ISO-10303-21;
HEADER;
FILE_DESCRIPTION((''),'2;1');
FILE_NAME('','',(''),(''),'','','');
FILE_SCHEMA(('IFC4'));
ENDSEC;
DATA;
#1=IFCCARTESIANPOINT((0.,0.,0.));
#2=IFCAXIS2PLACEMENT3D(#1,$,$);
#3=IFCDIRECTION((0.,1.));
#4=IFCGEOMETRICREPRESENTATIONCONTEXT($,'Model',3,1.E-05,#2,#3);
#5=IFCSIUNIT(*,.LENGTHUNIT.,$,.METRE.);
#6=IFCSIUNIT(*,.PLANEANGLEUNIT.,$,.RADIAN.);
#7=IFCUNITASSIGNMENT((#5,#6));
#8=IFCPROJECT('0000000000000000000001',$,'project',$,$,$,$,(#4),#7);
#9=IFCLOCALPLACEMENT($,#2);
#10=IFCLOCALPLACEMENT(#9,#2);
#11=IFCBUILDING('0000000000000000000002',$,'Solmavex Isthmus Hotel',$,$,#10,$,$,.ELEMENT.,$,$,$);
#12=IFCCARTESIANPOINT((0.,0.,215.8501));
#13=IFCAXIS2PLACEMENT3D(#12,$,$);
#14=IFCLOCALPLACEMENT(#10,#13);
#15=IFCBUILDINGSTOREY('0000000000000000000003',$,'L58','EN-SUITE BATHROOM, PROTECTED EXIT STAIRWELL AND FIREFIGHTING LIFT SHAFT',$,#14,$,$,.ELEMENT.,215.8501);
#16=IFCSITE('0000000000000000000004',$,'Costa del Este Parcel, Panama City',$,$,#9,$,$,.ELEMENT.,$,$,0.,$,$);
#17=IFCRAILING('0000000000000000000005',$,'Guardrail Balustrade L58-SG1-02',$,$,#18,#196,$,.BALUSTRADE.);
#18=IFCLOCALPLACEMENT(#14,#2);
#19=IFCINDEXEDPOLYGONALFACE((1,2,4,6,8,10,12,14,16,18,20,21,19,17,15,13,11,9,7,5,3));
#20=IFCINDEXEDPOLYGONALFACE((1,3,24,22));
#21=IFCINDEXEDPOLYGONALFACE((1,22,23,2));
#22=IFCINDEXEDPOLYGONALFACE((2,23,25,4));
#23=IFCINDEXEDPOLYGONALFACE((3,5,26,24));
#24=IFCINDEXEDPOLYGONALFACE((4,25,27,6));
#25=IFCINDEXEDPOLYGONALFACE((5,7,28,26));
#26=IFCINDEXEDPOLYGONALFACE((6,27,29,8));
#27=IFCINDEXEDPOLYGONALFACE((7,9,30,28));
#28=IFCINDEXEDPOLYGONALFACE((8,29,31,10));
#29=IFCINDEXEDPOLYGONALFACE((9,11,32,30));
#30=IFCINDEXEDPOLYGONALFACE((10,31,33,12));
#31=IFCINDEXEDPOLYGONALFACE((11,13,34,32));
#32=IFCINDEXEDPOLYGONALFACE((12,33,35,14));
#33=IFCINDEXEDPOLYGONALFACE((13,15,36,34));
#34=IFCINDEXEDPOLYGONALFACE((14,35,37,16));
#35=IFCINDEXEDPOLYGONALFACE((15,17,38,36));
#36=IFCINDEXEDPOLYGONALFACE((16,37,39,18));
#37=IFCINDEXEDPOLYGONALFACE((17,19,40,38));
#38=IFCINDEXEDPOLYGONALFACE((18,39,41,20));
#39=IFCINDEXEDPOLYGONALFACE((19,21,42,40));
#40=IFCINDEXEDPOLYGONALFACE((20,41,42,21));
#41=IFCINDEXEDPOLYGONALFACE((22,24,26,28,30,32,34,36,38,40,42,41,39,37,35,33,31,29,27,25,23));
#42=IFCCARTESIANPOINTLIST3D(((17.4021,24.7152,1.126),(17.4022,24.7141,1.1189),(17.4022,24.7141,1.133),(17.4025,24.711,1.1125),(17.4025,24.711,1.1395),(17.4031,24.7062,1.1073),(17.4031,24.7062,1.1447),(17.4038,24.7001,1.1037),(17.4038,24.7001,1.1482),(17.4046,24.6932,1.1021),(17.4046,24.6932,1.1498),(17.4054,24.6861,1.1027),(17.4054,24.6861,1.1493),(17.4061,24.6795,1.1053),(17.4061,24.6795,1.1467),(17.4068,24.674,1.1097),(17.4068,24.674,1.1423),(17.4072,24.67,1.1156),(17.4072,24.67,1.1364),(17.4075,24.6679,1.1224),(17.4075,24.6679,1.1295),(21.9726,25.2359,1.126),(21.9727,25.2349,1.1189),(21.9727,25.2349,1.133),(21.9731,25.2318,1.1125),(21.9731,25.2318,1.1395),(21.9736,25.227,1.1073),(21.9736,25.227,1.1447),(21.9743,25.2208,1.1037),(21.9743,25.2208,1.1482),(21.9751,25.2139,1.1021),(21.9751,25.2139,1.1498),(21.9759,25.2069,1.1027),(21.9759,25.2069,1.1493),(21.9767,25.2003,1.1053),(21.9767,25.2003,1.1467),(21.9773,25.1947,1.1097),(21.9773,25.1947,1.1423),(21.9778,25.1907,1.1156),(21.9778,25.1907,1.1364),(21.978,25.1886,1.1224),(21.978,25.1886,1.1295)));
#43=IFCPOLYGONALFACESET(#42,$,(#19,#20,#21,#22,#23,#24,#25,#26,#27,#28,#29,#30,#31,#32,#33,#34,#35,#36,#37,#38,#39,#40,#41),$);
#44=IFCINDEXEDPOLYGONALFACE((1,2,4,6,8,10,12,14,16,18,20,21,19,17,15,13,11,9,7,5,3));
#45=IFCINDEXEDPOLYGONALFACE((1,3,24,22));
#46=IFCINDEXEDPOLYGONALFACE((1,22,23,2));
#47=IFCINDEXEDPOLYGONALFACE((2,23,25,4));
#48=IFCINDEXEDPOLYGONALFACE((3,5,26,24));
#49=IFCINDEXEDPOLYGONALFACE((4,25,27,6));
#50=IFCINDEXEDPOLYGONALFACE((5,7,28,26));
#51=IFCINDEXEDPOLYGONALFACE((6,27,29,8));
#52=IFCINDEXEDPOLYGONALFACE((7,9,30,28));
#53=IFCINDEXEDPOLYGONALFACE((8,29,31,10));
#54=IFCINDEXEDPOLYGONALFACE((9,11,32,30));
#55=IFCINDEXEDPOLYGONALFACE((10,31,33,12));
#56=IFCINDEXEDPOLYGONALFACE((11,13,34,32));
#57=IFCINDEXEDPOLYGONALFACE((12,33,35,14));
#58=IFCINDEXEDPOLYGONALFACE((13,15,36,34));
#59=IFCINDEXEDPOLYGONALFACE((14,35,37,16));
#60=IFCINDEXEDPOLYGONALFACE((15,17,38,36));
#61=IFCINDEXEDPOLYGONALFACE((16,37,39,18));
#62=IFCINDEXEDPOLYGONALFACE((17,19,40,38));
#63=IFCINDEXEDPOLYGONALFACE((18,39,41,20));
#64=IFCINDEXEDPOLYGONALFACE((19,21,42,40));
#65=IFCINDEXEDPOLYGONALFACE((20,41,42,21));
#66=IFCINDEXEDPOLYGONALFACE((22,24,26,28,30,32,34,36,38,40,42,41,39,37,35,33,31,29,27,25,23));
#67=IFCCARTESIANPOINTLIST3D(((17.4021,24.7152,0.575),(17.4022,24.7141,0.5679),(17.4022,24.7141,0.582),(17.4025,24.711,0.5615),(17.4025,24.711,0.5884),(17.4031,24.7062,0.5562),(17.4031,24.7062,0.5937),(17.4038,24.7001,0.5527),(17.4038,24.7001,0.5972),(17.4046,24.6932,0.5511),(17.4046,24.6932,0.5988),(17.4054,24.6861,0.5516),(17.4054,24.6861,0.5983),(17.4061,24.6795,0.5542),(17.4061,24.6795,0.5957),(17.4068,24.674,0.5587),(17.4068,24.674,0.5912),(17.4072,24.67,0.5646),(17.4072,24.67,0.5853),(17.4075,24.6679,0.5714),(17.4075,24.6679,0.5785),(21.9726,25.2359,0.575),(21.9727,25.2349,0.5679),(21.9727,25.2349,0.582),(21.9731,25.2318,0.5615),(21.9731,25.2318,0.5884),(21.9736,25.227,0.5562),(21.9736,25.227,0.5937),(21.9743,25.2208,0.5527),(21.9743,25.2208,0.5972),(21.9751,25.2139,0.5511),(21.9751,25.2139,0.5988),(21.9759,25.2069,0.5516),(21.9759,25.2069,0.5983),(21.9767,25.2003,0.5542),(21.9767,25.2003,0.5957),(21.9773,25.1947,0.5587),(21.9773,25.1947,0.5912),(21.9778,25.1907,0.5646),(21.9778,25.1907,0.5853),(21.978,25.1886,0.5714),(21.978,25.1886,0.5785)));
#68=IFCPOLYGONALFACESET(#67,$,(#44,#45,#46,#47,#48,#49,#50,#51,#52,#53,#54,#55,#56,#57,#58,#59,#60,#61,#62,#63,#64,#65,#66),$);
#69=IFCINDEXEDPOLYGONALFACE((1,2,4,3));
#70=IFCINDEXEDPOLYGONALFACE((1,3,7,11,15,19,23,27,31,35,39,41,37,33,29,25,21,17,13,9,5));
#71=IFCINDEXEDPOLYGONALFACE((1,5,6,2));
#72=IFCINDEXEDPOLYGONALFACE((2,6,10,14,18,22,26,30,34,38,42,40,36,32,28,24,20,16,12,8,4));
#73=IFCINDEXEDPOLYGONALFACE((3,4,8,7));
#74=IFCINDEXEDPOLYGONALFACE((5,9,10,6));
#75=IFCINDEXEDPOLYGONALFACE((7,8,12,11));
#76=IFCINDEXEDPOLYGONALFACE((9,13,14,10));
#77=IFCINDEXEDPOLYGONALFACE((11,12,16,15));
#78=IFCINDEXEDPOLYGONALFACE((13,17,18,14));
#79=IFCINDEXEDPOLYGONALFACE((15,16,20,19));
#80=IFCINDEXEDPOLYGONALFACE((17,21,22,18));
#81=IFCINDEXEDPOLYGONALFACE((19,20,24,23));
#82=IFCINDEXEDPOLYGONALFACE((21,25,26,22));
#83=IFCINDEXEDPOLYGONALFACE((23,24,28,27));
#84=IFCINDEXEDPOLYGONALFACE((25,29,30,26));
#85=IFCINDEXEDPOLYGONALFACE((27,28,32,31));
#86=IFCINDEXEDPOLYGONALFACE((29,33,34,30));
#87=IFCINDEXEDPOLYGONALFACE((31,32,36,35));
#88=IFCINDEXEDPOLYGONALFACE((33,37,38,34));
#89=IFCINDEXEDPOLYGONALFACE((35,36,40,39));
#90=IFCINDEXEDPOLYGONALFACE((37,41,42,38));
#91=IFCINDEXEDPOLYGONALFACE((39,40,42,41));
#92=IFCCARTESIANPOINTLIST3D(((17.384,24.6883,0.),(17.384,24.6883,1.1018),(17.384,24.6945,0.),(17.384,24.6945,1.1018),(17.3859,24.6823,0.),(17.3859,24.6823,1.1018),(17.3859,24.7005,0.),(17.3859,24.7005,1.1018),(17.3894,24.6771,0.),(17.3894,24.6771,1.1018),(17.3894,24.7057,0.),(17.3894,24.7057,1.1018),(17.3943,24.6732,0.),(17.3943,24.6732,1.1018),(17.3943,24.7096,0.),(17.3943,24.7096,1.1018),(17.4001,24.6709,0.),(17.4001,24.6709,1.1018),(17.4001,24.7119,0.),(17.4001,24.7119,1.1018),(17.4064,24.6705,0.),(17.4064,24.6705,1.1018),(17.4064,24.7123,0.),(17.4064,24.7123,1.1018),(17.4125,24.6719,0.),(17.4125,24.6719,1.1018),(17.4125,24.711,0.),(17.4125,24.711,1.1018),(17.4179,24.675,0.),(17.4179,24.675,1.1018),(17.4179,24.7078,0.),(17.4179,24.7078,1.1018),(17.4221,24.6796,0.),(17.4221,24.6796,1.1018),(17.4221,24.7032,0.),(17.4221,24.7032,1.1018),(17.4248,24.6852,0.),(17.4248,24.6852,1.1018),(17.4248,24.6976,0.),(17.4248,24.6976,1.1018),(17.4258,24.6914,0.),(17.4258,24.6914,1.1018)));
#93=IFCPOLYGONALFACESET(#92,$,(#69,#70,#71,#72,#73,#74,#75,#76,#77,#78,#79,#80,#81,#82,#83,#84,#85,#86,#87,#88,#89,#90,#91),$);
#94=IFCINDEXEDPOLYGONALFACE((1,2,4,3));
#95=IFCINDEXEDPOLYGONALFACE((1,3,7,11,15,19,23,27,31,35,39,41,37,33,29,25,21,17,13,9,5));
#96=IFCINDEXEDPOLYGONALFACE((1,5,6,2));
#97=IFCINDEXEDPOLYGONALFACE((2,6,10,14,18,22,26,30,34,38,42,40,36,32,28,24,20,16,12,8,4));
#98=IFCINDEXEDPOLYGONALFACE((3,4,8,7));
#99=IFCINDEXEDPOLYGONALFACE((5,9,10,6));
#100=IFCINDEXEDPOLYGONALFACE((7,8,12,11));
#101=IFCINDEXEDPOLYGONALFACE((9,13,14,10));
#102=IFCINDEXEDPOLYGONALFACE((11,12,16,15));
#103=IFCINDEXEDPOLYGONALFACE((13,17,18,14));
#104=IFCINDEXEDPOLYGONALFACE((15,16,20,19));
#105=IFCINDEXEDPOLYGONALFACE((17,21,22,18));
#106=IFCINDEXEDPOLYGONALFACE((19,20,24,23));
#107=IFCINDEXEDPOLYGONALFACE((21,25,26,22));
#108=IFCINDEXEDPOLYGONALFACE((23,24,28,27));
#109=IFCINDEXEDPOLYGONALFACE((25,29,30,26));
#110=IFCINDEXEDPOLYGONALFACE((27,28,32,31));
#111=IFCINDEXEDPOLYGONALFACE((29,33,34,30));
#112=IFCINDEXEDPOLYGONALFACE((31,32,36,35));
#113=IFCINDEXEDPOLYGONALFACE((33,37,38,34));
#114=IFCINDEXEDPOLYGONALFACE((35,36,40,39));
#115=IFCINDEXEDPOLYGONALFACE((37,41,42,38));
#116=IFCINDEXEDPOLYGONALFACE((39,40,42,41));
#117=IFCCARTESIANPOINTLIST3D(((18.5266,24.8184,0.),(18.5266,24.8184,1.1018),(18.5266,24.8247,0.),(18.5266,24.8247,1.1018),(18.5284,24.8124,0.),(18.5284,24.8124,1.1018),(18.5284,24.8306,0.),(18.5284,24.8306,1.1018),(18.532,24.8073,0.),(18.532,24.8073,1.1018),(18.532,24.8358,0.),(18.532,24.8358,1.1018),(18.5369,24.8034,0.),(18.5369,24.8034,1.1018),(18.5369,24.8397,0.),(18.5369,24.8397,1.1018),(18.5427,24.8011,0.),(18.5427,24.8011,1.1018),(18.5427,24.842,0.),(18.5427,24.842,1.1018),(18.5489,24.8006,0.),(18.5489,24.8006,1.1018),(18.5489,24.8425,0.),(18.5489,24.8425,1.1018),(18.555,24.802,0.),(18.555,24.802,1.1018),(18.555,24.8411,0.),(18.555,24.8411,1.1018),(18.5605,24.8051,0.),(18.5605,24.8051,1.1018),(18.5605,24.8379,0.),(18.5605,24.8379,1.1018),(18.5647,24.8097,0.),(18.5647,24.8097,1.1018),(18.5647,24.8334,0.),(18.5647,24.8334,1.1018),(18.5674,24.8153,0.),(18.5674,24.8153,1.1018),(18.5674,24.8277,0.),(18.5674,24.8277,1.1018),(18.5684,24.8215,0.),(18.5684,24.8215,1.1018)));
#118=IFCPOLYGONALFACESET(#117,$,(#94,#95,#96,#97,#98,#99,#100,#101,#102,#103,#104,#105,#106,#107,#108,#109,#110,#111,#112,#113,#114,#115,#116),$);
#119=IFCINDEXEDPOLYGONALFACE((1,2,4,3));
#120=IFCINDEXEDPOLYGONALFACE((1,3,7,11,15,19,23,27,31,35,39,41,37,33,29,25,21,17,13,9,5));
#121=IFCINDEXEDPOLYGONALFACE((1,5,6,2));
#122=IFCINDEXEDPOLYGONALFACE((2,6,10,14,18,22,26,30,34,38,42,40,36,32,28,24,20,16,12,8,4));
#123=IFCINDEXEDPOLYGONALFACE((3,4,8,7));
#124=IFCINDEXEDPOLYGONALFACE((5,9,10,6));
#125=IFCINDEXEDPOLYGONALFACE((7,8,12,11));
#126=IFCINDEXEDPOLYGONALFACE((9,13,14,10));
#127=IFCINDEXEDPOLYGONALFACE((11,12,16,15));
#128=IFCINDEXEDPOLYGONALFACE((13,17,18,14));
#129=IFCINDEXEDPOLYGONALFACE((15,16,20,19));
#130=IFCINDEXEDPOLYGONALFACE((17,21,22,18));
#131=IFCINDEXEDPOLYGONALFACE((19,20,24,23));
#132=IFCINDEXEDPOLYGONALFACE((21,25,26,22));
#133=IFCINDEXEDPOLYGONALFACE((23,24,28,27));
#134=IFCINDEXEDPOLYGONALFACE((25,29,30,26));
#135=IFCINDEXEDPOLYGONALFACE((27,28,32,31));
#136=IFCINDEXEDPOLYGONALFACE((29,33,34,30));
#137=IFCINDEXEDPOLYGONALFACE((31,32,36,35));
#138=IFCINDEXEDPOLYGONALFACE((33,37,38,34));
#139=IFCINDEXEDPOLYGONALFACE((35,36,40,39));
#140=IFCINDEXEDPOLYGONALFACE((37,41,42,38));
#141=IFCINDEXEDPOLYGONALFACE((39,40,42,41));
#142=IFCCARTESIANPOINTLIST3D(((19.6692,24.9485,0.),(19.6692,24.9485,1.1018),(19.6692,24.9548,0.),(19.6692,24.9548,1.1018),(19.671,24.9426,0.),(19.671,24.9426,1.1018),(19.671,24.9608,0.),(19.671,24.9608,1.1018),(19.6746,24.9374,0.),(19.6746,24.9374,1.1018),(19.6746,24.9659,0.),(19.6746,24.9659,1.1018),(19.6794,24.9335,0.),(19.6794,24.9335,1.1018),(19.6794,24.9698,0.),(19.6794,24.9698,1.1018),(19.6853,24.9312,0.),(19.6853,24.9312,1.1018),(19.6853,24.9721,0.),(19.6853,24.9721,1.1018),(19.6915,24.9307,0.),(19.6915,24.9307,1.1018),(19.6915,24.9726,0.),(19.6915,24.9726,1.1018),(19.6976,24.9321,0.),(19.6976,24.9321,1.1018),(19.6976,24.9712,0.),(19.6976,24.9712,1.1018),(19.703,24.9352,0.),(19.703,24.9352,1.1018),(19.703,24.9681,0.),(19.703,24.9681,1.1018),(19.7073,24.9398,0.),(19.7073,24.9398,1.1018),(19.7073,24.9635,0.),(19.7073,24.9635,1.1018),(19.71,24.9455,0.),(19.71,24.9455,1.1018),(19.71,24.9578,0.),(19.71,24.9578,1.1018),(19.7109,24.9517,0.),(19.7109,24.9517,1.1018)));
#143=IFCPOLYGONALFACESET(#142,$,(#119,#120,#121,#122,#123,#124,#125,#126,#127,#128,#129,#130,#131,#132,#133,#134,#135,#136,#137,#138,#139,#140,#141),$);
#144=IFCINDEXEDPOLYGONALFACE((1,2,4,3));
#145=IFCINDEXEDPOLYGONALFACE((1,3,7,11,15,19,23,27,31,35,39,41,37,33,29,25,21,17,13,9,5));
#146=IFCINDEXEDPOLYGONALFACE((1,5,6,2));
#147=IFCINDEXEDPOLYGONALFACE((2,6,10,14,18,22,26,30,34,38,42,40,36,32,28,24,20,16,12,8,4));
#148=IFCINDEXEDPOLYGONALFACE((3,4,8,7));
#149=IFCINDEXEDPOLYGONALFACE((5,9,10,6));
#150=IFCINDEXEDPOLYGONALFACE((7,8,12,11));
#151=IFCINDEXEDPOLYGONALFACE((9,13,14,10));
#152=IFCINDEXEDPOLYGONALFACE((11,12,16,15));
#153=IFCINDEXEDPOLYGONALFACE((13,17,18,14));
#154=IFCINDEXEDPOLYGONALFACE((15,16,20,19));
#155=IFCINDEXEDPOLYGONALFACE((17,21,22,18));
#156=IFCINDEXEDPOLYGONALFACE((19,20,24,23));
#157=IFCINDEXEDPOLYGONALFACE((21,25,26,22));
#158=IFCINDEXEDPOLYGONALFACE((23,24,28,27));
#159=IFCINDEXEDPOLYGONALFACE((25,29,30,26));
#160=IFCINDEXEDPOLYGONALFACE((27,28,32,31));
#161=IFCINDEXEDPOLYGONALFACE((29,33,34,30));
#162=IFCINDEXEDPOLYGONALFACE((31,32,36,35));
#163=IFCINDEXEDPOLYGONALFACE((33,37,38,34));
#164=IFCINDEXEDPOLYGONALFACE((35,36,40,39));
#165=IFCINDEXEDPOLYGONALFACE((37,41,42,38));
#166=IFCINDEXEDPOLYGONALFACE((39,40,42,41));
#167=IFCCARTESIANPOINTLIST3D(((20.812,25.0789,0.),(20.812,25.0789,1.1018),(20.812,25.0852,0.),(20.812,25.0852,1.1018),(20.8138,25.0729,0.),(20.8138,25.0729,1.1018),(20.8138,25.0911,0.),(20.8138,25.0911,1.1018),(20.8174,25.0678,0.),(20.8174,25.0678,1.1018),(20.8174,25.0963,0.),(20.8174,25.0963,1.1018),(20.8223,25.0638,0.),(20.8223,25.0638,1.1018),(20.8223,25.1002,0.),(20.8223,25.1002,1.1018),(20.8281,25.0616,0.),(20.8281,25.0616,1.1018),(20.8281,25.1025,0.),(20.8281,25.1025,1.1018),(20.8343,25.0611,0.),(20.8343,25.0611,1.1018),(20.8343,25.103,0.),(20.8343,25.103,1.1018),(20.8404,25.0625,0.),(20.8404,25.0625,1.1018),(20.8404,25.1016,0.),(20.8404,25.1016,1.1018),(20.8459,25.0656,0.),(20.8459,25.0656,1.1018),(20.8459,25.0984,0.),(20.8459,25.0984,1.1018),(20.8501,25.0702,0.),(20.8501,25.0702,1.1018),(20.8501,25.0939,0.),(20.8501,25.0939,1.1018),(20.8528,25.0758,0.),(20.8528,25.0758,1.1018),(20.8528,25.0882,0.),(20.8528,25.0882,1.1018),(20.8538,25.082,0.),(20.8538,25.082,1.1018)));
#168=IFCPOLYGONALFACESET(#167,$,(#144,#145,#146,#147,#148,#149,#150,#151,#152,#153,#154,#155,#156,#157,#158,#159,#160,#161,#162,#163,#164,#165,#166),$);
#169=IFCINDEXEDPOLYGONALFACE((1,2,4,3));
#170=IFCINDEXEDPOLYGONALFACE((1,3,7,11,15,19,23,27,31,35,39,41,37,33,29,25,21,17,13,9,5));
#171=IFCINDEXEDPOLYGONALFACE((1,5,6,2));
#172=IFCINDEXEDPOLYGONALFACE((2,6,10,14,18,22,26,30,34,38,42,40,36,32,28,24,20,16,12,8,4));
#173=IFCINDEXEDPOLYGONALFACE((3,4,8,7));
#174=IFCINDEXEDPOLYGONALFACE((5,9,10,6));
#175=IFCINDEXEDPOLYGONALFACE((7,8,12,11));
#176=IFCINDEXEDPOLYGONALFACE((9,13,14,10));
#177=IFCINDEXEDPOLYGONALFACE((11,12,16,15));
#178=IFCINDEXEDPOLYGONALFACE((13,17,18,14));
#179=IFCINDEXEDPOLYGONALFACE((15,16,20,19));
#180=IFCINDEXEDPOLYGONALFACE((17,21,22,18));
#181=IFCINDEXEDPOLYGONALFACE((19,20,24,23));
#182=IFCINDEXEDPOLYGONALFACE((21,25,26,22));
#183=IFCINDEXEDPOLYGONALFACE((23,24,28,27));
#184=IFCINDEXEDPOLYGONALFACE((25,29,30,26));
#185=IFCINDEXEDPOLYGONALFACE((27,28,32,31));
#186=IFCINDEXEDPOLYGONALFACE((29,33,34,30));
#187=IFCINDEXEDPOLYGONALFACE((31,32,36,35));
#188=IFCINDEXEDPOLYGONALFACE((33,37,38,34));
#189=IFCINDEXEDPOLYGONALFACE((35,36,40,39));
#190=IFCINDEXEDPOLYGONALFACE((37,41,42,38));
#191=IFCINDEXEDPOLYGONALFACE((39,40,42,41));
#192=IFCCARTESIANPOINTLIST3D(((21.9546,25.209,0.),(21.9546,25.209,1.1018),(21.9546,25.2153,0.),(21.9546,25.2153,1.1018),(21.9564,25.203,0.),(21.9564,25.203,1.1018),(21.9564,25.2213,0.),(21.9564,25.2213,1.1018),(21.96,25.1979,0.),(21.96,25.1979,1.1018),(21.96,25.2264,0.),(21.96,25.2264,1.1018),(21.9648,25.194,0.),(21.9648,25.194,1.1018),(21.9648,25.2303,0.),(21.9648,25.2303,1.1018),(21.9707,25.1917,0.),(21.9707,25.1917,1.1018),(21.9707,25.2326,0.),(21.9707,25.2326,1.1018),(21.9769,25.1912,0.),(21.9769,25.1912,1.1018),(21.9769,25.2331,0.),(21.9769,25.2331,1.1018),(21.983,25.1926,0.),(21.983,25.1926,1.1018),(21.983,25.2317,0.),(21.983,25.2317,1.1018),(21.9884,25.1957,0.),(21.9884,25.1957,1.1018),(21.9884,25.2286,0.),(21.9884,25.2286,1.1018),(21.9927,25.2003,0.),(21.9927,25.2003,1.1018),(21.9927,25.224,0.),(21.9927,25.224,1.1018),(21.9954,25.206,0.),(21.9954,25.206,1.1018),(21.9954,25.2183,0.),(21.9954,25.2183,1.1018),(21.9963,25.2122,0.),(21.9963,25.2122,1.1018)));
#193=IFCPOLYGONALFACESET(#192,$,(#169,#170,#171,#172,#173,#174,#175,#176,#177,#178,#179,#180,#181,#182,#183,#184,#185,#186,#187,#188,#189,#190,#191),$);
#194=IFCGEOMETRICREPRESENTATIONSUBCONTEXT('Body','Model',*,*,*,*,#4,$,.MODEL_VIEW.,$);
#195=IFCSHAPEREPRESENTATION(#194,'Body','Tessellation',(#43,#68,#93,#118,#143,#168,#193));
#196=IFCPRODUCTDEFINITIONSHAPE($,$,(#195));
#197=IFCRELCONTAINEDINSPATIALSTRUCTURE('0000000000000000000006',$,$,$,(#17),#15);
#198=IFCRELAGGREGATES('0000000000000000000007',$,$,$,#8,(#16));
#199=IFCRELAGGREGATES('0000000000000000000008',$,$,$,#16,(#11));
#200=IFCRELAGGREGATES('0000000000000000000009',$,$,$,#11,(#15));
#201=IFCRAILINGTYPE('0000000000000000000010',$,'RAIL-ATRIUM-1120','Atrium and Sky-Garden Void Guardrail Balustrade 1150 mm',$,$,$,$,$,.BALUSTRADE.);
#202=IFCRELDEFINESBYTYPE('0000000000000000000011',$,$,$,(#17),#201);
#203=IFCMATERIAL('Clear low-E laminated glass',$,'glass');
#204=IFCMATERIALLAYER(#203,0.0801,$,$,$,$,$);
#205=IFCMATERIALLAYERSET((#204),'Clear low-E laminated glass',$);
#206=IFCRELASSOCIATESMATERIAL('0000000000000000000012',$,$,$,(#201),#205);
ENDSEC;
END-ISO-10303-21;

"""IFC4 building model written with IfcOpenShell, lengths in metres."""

from ifc_helpers import new_model, si_unit, direction, frame, origin, origin_2d, place, context, subcontext, project, spatial, circle, extrude, material, layer, layer_set, type_object, element, save


model = new_model("IFC4")

# Units and contexts
model_context = context("Model", 3, precision=1e-05, world=origin(), true_north=direction((0.0, 1.0)))
body_context = subcontext(model_context, "Body", "Model", "MODEL_VIEW")
ifc_project = project(units=[si_unit("LENGTHUNIT", "METRE"), si_unit("PLANEANGLEUNIT", "RADIAN")], contexts=[model_context])

# Site, building, storey
site_placement = place(None, origin())
site = spatial("IfcSite", under=ifc_project, at=site_placement, Name="Costa del Este Parcel, Panama City", CompositionType="ELEMENT", RefElevation=0.0)
building_placement = place(site_placement, origin())
building = spatial("IfcBuilding", under=site, at=building_placement, Name="Solmavex Isthmus Hotel", CompositionType="ELEMENT")
storey_placement = place(building_placement, frame((0.0, 0.0, 215.8501)))
storey = spatial("IfcBuildingStorey", under=building, at=storey_placement, Name="L58", Description="EN-SUITE BATHROOM, PROTECTED EXIT STAIRWELL AND FIREFIGHTING LIFT SHAFT", CompositionType="ELEMENT", Elevation=215.8501)

# Shared definitions
ifc_material_1 = material(Name="Clear low-E laminated glass", Category="glass")

# Railing
ifc_layer_1 = layer(ifc_material_1, 0.0801)
ifc_layer_set_1 = layer_set([ifc_layer_1], Name="Clear low-E laminated glass")
railing_type_1 = type_object("IfcRailingType", Name="RAIL-ATRIUM-1120", Description="Atrium and Sky-Garden Void Guardrail Balustrade 1150 mm", PredefinedType="BALUSTRADE", material=ifc_layer_set_1)
railing_1_placement = place(storey_placement, frame((17.4048, 24.6914, 0.0)))
element("IfcRailing", 1, at=railing_1_placement, inside=storey, type_object=railing_type_1, Name="Guardrail Balustrade L58-SG1-02", PredefinedType="BALUSTRADE", context=body_context, shape_type="SweptSolid", body=[
    extrude(circle(Radius=0.0239, at=origin_2d()), frame((0.0, 0.0, 1.126), z_axis=(0.993572, 0.113204, 0.0), x_axis=(-0.113204, 0.993572, 0.0)), (0.0, 0.0, 1.0), 4.6001),
    extrude(circle(Radius=0.0239, at=origin_2d()), frame((0.0, 0.0, 0.575), z_axis=(0.993572, 0.113204, 0.0), x_axis=(-0.113204, 0.993572, 0.0)), (0.0, 0.0, 1.0), 4.6001),
    extrude(circle(Radius=0.021, at=origin_2d()), origin(), (0.0, 0.0, 1.0), 1.1018),
    extrude(circle(Radius=0.021, at=origin_2d()), frame((1.1426, 0.1301, 0.0)), (0.0, 0.0, 1.0), 1.1018),
    extrude(circle(Radius=0.021, at=origin_2d()), frame((2.2852, 0.2603, 0.0)), (0.0, 0.0, 1.0), 1.1018),
    extrude(circle(Radius=0.021, at=origin_2d()), frame((3.428, 0.3906, 0.0)), (0.0, 0.0, 1.0), 1.1018),
    extrude(circle(Radius=0.021, at=origin_2d()), frame((4.5706, 0.5208, 0.0)), (0.0, 0.0, 1.0), 1.1018),
])

save(model, "model.ifc")
